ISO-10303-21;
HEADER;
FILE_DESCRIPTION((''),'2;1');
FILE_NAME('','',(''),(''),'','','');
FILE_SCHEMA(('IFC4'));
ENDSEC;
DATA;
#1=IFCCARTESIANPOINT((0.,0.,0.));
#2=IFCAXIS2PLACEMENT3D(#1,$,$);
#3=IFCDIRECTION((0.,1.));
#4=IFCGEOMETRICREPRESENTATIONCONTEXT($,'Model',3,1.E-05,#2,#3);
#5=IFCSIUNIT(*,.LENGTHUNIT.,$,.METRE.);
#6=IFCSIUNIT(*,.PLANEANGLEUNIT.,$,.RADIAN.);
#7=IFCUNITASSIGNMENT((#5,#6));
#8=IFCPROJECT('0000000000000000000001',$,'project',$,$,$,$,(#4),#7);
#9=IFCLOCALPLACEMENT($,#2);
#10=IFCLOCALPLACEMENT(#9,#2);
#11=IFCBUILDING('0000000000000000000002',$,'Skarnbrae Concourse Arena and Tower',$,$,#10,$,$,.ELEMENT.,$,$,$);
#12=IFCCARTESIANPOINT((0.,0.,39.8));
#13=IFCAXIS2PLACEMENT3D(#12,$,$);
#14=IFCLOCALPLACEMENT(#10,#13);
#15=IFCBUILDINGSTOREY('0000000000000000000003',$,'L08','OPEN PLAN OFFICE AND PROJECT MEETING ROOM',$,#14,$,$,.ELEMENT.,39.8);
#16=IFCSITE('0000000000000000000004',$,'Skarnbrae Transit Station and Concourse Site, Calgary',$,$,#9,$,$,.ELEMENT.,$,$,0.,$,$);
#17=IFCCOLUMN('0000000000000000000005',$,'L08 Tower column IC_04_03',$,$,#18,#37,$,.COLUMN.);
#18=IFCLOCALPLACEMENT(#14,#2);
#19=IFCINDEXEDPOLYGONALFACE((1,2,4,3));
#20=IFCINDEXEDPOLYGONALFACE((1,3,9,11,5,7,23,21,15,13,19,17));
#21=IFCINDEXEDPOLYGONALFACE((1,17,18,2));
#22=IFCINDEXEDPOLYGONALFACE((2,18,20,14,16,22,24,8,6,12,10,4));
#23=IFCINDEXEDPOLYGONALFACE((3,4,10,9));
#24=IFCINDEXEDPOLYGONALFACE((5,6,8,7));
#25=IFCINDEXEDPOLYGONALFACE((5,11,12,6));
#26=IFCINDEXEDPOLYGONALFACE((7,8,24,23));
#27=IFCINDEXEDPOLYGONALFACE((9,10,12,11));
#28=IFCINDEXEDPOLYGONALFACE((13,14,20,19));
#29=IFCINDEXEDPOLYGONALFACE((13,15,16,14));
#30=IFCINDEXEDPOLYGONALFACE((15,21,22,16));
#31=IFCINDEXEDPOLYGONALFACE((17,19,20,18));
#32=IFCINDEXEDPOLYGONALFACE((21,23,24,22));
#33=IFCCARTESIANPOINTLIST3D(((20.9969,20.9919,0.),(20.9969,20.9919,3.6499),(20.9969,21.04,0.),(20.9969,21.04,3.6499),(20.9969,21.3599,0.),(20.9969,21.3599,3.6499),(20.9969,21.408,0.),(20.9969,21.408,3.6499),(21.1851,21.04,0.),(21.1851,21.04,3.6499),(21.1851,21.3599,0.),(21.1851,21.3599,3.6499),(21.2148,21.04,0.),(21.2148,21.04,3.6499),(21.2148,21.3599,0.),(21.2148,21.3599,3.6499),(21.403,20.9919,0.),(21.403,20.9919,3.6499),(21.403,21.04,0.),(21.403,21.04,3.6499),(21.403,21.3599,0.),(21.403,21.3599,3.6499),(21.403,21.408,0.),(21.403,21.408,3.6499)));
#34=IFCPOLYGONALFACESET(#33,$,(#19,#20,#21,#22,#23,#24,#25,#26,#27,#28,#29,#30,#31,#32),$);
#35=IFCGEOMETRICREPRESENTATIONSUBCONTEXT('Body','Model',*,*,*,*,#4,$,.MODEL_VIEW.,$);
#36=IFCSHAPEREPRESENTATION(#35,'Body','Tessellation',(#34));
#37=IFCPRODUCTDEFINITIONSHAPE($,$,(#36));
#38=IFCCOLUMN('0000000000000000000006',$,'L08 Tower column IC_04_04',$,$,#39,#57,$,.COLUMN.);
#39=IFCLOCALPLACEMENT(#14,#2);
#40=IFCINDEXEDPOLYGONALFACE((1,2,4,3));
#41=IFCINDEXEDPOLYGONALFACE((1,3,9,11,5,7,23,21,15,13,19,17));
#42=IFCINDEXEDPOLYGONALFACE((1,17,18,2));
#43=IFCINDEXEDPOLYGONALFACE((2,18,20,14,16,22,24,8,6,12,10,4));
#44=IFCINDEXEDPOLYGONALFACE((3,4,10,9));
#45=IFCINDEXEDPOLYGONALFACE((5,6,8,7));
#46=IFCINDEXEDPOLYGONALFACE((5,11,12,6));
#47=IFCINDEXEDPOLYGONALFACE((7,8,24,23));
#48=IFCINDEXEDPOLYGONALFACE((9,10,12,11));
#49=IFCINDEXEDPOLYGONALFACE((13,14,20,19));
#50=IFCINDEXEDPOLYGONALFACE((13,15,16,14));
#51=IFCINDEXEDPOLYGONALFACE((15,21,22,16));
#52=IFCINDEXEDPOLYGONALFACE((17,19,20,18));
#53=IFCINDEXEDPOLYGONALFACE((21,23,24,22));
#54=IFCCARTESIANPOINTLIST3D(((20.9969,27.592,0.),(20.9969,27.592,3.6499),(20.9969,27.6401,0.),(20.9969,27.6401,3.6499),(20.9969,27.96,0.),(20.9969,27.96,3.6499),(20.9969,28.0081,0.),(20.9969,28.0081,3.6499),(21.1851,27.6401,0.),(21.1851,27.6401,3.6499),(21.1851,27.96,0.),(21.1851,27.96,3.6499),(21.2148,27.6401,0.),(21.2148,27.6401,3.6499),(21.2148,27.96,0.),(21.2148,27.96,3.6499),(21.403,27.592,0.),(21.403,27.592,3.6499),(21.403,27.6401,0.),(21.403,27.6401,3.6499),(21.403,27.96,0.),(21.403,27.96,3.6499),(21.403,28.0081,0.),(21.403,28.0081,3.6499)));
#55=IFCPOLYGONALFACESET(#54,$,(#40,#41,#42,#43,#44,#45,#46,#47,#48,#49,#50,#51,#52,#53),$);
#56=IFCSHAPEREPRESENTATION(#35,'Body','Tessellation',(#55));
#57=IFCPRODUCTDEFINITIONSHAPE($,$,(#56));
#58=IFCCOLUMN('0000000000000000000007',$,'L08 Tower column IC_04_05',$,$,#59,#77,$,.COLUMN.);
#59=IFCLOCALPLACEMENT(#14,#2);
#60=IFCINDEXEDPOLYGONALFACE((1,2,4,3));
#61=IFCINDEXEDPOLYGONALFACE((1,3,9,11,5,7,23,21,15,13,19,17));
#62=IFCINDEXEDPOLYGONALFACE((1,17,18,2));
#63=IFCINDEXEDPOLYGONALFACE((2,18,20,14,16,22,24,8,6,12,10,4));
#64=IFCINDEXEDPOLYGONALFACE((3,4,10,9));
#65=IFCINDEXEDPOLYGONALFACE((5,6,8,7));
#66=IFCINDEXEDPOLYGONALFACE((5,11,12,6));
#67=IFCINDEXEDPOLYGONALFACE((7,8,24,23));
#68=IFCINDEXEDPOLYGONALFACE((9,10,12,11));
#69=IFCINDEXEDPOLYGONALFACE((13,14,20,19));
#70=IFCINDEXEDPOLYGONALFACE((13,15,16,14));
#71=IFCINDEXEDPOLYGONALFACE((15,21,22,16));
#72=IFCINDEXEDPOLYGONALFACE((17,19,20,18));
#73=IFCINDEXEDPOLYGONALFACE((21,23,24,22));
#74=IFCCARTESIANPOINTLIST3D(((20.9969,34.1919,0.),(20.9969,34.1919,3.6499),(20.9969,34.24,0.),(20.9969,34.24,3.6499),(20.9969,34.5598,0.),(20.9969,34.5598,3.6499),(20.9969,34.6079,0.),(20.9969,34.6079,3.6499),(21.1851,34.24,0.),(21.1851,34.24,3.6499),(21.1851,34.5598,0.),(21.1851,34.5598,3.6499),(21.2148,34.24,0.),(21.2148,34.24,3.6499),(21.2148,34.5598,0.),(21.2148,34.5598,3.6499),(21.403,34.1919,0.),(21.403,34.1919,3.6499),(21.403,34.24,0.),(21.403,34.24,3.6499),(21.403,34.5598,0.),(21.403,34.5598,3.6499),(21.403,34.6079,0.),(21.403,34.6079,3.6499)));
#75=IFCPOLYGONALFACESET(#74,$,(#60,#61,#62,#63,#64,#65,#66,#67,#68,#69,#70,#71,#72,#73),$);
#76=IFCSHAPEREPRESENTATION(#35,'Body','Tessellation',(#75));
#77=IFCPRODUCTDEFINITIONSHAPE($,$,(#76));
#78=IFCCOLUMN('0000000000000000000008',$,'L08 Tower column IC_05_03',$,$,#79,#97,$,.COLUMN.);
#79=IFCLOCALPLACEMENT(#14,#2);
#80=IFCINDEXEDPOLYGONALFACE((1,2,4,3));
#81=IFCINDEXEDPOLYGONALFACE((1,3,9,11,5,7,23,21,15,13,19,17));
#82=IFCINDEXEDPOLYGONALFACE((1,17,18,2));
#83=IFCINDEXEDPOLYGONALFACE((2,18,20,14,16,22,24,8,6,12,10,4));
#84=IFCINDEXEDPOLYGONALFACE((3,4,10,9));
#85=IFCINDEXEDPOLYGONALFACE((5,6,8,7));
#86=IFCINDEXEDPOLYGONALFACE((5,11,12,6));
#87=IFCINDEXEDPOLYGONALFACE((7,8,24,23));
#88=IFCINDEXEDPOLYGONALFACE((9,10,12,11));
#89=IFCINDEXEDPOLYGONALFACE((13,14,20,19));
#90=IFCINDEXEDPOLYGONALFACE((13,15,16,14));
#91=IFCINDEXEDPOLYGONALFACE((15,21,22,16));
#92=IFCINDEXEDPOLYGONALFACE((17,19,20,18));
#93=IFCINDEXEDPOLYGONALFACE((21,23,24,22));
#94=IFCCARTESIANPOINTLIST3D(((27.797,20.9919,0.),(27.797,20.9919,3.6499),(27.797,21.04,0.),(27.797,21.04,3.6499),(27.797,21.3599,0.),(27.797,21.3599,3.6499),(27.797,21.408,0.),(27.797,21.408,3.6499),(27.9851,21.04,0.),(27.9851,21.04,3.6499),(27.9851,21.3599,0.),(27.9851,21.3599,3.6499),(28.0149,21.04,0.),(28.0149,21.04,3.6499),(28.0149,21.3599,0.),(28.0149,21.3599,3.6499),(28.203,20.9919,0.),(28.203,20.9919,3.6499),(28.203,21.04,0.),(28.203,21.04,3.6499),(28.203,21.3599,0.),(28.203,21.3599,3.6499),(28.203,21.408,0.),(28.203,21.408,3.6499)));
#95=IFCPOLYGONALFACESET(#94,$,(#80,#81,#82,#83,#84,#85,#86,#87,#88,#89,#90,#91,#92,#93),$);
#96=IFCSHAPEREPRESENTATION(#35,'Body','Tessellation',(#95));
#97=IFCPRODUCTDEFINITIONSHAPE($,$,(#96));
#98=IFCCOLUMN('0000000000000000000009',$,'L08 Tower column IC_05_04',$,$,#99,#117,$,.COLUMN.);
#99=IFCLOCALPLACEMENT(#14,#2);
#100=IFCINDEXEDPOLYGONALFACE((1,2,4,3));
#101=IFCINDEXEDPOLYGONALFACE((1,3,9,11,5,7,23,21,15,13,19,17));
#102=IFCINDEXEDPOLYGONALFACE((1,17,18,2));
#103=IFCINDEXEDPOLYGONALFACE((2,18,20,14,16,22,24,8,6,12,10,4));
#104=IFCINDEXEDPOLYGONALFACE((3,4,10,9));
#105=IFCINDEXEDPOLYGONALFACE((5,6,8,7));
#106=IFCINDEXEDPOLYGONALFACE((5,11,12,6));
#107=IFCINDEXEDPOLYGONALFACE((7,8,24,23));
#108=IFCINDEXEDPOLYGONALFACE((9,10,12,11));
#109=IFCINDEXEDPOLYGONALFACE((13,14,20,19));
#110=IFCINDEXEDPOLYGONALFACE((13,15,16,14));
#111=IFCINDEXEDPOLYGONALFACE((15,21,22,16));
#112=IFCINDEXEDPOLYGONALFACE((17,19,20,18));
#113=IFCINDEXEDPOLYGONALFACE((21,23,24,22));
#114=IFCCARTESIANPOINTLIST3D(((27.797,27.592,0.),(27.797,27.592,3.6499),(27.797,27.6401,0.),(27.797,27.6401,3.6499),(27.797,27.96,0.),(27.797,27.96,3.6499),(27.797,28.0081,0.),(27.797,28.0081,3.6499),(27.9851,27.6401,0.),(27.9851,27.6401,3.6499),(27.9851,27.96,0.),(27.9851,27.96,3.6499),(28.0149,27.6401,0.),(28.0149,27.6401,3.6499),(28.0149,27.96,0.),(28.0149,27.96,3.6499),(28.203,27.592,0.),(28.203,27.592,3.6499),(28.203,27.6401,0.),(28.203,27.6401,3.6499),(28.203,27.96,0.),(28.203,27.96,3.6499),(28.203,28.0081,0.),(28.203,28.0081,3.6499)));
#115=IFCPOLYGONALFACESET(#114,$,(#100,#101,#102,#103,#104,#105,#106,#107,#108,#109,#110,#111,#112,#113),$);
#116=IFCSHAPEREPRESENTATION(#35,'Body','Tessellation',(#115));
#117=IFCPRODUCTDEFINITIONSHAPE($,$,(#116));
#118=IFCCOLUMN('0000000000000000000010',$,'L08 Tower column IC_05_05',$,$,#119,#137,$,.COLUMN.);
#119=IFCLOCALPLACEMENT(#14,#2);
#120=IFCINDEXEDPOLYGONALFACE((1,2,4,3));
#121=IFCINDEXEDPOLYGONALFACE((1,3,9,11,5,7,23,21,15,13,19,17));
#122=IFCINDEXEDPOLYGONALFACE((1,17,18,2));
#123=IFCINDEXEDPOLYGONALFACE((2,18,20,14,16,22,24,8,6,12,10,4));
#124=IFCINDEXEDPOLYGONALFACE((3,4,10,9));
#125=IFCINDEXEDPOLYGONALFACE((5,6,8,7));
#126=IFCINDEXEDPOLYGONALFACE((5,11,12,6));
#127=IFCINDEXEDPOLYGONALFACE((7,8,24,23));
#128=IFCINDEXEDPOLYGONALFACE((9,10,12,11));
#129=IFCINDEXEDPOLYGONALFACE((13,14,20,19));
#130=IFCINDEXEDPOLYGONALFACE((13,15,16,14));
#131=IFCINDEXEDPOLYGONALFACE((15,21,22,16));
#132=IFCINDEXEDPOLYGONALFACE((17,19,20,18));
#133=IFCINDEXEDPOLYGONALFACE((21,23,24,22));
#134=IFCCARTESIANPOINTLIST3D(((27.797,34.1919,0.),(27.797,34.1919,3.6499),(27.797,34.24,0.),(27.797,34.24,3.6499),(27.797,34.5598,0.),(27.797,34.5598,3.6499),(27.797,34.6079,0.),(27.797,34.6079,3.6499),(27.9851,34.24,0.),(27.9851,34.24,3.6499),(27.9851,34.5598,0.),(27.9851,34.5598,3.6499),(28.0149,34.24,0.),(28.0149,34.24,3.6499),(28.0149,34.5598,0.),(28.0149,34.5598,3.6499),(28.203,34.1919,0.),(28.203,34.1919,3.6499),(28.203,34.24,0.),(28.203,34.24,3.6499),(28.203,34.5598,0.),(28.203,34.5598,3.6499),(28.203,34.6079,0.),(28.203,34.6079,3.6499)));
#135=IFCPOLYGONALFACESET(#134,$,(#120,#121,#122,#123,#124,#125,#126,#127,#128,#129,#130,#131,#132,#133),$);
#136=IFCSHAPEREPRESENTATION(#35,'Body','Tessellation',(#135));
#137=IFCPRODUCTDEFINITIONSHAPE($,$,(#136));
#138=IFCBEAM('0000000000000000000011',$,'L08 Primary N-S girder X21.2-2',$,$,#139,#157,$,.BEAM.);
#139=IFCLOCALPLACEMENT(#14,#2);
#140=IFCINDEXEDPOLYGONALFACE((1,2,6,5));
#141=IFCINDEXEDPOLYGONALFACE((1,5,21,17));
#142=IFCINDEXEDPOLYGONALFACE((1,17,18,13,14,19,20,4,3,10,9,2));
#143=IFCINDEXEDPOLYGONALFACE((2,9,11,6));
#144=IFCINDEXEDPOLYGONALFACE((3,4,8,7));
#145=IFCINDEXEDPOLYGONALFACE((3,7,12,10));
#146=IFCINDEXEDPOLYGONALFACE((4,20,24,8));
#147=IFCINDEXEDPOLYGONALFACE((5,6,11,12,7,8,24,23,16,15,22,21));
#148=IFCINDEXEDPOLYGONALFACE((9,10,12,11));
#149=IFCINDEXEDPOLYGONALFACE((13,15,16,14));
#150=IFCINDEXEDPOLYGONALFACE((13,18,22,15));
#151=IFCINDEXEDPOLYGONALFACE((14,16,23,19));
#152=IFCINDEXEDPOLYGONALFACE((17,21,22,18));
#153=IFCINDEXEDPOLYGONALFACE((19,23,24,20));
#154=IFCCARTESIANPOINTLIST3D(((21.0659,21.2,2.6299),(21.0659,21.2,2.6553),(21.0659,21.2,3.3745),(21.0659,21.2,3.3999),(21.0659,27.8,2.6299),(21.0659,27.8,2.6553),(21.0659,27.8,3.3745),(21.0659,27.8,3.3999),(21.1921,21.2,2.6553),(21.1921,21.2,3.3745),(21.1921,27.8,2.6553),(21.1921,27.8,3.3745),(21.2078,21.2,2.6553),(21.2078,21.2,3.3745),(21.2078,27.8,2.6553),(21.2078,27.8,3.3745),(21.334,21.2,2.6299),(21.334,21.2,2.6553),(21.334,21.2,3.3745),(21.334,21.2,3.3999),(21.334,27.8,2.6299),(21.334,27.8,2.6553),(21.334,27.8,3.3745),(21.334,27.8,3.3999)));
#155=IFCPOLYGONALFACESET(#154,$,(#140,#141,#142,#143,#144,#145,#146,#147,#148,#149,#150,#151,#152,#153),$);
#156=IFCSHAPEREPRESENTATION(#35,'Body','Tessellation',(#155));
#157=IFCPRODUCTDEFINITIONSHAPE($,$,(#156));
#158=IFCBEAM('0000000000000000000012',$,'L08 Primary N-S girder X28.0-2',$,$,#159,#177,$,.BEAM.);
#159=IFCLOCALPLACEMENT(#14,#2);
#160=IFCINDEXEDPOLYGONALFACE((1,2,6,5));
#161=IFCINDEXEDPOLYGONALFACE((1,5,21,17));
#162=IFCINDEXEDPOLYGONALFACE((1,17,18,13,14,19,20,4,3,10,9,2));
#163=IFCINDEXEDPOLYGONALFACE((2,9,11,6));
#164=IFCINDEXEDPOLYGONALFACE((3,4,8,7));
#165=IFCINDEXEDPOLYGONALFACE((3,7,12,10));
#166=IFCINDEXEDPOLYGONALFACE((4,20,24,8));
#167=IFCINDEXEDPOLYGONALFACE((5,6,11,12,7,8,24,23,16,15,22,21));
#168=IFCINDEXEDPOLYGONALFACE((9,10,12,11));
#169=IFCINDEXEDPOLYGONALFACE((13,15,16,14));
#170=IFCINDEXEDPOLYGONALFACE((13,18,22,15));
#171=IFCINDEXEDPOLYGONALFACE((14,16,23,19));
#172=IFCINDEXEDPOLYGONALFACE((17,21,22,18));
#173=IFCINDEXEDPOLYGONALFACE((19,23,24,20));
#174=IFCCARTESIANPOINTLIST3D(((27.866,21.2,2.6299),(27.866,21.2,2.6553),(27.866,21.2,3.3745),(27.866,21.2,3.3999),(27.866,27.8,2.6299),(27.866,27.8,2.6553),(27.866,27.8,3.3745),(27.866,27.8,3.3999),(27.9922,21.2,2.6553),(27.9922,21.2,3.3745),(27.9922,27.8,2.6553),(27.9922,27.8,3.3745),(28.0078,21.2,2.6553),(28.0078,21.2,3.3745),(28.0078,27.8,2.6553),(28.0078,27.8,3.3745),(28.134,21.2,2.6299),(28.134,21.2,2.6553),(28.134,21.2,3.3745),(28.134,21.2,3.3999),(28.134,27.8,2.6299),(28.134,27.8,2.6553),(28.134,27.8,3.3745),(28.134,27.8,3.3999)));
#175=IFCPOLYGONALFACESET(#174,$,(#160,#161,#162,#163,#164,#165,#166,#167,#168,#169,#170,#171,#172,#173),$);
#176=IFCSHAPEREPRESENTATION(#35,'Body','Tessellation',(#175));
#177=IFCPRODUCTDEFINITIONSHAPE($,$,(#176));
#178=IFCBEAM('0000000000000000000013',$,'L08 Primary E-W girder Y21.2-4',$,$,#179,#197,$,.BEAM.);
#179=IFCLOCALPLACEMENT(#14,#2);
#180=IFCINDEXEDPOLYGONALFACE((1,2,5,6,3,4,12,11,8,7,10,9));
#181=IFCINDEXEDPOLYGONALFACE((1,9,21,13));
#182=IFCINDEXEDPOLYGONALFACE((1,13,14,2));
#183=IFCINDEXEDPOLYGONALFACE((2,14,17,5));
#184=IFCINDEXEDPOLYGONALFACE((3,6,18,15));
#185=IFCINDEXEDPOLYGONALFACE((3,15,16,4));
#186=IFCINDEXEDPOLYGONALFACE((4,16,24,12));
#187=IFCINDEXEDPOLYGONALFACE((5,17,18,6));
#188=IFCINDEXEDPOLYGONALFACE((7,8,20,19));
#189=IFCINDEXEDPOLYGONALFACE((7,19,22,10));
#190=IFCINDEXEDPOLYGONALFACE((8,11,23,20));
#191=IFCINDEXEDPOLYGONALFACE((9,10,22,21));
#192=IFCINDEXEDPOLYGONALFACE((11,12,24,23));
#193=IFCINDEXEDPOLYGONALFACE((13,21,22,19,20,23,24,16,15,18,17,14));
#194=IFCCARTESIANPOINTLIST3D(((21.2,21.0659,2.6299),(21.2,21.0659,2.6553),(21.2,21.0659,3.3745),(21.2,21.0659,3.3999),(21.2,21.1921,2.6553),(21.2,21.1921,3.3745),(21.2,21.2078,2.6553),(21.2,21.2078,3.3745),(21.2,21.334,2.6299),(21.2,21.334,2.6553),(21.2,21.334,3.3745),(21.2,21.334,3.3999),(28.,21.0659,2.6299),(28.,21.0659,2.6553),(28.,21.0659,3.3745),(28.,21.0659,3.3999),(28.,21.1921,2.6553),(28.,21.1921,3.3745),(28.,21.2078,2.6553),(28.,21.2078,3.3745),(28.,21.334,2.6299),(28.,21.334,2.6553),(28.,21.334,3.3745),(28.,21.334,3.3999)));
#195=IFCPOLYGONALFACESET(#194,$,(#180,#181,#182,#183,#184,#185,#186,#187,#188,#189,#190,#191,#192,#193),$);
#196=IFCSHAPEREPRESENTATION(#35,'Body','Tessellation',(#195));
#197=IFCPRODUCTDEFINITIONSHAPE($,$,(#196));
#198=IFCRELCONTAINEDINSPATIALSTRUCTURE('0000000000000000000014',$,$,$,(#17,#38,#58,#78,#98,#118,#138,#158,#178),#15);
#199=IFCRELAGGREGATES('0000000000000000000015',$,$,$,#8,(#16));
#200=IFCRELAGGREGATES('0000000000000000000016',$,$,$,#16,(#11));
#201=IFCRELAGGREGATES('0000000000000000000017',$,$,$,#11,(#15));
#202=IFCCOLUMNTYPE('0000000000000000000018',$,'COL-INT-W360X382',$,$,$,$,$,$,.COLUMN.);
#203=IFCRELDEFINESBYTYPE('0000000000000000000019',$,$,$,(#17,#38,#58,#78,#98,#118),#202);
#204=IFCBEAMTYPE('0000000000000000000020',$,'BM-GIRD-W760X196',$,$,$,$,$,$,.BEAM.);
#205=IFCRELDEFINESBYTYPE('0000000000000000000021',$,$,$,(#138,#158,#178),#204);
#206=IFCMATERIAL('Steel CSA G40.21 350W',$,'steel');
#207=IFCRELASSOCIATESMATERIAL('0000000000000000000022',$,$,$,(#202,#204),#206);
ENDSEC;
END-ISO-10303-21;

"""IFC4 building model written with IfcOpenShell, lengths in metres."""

from ifc_helpers import new_model, si_unit, direction, frame, origin, origin_2d, place, context, subcontext, project, spatial, i_section, extrude, source, transform, mapped, material, material_profile, profile_set, type_object, element, save


model = new_model("IFC4")

# Units and contexts
model_context = context("Model", 3, precision=1e-05, world=origin(), true_north=direction((0.0, 1.0)))
body_context = subcontext(model_context, "Body", "Model", "MODEL_VIEW")
ifc_project = project(units=[si_unit("LENGTHUNIT", "METRE"), si_unit("PLANEANGLEUNIT", "RADIAN")], contexts=[model_context])

# Site, building, storey
site_placement = place(None, origin())
site = spatial("IfcSite", under=ifc_project, at=site_placement, Name="Skarnbrae Transit Station and Concourse Site, Calgary", CompositionType="ELEMENT", RefElevation=0.0)
building_placement = place(site_placement, origin())
building = spatial("IfcBuilding", under=site, at=building_placement, Name="Skarnbrae Concourse Arena and Tower", CompositionType="ELEMENT")
storey_placement = place(building_placement, frame((0.0, 0.0, 39.8)))
storey = spatial("IfcBuildingStorey", under=building, at=storey_placement, Name="L08", Description="OPEN PLAN OFFICE AND PROJECT MEETING ROOM", CompositionType="ELEMENT", Elevation=39.8)

# Columns
ifc_material_1 = material(Name="Steel CSA G40.21 350W", Category="steel")
ifc_material_profile_1 = material_profile(ifc_material_1, i_section(OverallWidth=0.406, OverallDepth=0.416, WebThickness=0.0298, FlangeThickness=0.0481, at=origin_2d()), Name="W360X382")
ifc_profile_set_1 = profile_set([ifc_material_profile_1], Name="Steel CSA G40.21 350W")
column_type = type_object("IfcColumnType", Name="COL-INT-W360X382", PredefinedType="COLUMN", material=ifc_profile_set_1)
shared_shape_1 = source(origin(), body_context, "Body", "SweptSolid", [
    extrude(i_section(OverallWidth=0.406, OverallDepth=0.416, WebThickness=0.0298, FlangeThickness=0.0481, at=origin_2d()), origin(), (0.0, 0.0, 1.0), 3.6499),
])
for number, where, z_axis, x_axis, name in (
    (1, (21.2, 21.2, 0.0), (0.0, 0.0, 1.0), (1.0, 0.0, 0.0), "L08 Tower column IC_04_03"),
    (2, (21.2, 27.8, 0.0), (0.0, 0.0, 1.0), (1.0, 0.0, 0.0), "L08 Tower column IC_04_04"),
    (3, (21.2, 34.3999, 0.0), (0.0, 0.0, 1.0), (1.0, 0.0, 0.0), "L08 Tower column IC_04_05"),
    (4, (28.0, 21.2, 0.0), (0.0, 0.0, 1.0), (1.0, 0.0, 0.0), "L08 Tower column IC_05_03"),
    (5, (28.0, 27.8, 0.0), (0.0, 0.0, 1.0), (1.0, 0.0, 0.0), "L08 Tower column IC_05_04"),
    (6, (28.0, 34.3999, 0.0), (0.0, 0.0, 1.0), (1.0, 0.0, 0.0), "L08 Tower column IC_05_05"),
):
    element("IfcColumn", number, at=place(storey_placement, frame(where, z_axis=z_axis, x_axis=x_axis)), inside=storey, type_object=column_type, Name=name, PredefinedType="COLUMN", context=body_context, shape_type="MappedRepresentation", body=[
        mapped(shared_shape_1, transform((0.0, 0.0, 0.0))),
    ])

# Beams
ifc_material_profile_2 = material_profile(ifc_material_1, i_section(OverallWidth=0.2681, OverallDepth=0.77, WebThickness=0.0156, FlangeThickness=0.0254, at=origin_2d()), Name="W760X196")
ifc_profile_set_2 = profile_set([ifc_material_profile_2], Name="Steel CSA G40.21 350W")
beam_type_1 = type_object("IfcBeamType", Name="BM-GIRD-W760X196", PredefinedType="BEAM", material=ifc_profile_set_2)
shared_shape_2 = source(origin(), body_context, "Body", "SweptSolid", [
    extrude(i_section(OverallWidth=0.2681, OverallDepth=0.77, WebThickness=0.0156, FlangeThickness=0.0254, at=origin_2d()), origin(), (0.0, 0.0, 1.0), 6.6001),
])
for number, where, z_axis, x_axis, name in (
    (7, (21.2, 21.2, 3.0149), (0.0, 1.0, 0.0), (-1.0, 0.0, 0.0), "L08 Primary N-S girder X21.2-2"),
    (8, (28.0, 21.2, 3.0149), (0.0, 1.0, 0.0), (-1.0, 0.0, 0.0), "L08 Primary N-S girder X28.0-2"),
):
    element("IfcBeam", number, at=place(storey_placement, frame(where, z_axis=z_axis, x_axis=x_axis)), inside=storey, type_object=beam_type_1, Name=name, PredefinedType="BEAM", context=body_context, shape_type="MappedRepresentation", body=[
        mapped(shared_shape_2, transform((0.0, 0.0, 0.0))),
    ])
shared_shape_3 = source(origin(), body_context, "Body", "SweptSolid", [
    extrude(i_section(OverallWidth=0.2681, OverallDepth=0.77, WebThickness=0.0156, FlangeThickness=0.0254, at=origin_2d()), origin(), (0.0, 0.0, 1.0), 6.8),
])
for number, where, z_axis, x_axis, name in (
    (9, (21.2, 21.2, 3.0149), (1.0, 0.0, 0.0), (0.0, 1.0, 0.0), "L08 Primary E-W girder Y21.2-4"),
):
    element("IfcBeam", number, at=place(storey_placement, frame(where, z_axis=z_axis, x_axis=x_axis)), inside=storey, type_object=beam_type_1, Name=name, PredefinedType="BEAM", context=body_context, shape_type="MappedRepresentation", body=[
        mapped(shared_shape_3, transform((0.0, 0.0, 0.0))),
    ])

save(model, "model.ifc")
